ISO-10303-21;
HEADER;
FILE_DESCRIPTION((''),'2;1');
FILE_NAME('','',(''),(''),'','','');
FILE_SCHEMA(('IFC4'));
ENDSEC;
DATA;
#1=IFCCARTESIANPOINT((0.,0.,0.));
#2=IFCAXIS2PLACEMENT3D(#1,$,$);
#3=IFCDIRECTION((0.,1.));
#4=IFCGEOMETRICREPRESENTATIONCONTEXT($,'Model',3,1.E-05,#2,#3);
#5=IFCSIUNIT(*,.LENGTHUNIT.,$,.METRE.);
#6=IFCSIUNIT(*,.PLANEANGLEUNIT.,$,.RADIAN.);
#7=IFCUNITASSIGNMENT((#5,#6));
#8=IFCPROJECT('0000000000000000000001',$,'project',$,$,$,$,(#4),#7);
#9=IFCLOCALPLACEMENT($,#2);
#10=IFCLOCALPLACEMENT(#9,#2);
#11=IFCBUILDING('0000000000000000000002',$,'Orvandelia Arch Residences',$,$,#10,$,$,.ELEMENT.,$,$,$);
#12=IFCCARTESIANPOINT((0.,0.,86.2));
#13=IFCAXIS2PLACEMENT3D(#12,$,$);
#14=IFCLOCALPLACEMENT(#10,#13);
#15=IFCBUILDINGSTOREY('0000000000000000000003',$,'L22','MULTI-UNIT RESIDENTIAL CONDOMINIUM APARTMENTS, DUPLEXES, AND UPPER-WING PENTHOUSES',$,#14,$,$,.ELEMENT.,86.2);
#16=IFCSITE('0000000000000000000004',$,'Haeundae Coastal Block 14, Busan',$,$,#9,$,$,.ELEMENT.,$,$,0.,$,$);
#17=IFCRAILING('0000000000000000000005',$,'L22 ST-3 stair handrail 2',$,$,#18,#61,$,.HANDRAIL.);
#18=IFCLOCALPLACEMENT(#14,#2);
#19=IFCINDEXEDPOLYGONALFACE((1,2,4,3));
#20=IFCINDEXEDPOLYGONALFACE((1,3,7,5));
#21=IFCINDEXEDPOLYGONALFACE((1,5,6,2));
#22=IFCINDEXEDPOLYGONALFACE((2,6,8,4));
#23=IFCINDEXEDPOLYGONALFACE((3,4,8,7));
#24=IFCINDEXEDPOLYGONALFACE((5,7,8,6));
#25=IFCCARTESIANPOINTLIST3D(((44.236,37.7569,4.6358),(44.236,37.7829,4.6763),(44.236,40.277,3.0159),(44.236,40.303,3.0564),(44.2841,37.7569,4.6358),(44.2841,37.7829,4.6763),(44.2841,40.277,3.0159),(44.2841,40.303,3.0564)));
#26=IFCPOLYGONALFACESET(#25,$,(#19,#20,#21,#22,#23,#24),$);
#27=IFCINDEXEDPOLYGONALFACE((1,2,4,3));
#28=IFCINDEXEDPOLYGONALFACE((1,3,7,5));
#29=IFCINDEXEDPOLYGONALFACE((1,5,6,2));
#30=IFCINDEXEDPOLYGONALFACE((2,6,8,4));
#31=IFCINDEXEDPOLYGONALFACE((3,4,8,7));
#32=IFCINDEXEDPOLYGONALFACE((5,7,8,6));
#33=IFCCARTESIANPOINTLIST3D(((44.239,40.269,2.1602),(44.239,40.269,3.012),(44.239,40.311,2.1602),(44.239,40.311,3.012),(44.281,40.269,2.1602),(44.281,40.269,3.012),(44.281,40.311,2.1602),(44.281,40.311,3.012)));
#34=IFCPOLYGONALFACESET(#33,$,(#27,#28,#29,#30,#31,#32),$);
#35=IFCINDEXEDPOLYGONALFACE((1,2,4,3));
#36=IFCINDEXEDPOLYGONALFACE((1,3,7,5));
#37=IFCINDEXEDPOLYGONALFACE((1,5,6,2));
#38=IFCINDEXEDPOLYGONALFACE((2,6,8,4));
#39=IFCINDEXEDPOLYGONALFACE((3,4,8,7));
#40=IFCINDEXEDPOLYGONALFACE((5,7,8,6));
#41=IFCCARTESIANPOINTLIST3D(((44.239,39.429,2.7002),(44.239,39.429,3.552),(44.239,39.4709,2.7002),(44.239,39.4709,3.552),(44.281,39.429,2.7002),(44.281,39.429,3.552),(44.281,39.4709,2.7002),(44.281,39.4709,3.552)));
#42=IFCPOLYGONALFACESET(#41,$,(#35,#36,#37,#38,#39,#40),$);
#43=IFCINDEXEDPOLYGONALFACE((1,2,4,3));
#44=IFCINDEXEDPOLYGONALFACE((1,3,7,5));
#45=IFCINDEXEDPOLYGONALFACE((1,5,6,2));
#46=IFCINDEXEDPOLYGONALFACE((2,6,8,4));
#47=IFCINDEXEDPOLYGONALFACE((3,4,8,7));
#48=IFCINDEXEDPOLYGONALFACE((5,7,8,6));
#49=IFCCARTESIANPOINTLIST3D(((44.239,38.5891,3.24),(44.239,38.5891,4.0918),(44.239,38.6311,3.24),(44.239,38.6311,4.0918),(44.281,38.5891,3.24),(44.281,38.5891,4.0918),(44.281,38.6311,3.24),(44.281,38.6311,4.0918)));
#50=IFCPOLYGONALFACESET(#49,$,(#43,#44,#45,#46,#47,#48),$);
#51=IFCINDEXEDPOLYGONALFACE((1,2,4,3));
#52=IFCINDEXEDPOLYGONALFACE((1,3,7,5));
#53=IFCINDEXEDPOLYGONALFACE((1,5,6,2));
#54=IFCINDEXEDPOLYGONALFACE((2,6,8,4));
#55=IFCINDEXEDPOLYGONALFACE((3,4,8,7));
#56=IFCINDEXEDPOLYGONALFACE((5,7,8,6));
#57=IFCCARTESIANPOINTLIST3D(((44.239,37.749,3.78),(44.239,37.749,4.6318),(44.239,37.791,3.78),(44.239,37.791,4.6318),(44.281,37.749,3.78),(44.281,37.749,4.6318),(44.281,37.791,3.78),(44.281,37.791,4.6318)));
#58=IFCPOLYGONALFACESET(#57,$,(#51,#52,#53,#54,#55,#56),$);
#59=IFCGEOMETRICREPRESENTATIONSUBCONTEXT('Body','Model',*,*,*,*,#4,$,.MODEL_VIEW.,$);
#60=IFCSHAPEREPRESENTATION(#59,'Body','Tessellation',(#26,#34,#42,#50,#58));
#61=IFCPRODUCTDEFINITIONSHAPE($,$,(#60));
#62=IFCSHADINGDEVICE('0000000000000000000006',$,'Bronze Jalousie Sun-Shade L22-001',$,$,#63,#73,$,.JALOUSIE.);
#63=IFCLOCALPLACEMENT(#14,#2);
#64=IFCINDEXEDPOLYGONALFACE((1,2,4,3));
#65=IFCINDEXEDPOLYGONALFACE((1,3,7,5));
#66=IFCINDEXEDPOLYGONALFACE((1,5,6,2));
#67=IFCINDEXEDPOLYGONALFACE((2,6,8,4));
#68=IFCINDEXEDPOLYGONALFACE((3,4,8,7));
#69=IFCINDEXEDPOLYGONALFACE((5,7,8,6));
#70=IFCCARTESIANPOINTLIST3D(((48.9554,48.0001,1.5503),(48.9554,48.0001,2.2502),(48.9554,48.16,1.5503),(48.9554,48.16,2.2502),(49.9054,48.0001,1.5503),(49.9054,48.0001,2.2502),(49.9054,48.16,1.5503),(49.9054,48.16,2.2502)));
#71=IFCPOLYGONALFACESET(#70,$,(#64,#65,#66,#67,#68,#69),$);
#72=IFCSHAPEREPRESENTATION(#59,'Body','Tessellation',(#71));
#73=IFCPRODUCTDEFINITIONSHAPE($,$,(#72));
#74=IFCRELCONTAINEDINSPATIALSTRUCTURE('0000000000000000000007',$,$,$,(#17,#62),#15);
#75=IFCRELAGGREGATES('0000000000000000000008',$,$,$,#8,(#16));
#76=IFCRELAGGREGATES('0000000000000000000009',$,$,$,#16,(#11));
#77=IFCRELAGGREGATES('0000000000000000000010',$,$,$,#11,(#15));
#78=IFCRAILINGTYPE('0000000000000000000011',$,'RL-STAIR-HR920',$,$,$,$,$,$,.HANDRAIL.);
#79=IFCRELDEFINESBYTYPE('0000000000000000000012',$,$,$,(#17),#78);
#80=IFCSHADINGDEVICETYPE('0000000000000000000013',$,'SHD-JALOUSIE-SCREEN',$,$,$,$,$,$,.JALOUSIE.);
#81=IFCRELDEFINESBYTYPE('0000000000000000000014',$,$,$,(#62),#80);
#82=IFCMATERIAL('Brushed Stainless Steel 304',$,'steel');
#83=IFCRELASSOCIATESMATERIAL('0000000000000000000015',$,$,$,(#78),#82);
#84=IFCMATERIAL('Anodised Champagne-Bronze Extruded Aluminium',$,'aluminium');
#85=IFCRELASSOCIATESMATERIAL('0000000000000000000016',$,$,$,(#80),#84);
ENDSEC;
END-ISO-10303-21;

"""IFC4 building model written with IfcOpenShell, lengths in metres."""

from ifc_helpers import new_model, si_unit, direction, frame, origin, origin_2d, place, context, subcontext, project, spatial, rectangle, extrude, material, type_object, element, save


model = new_model("IFC4")

# Units and contexts
model_context = context("Model", 3, precision=1e-05, world=origin(), true_north=direction((0.0, 1.0)))
body_context = subcontext(model_context, "Body", "Model", "MODEL_VIEW")
ifc_project = project(units=[si_unit("LENGTHUNIT", "METRE"), si_unit("PLANEANGLEUNIT", "RADIAN")], contexts=[model_context])

# Site, building, storey
site_placement = place(None, origin())
site = spatial("IfcSite", under=ifc_project, at=site_placement, Name="Haeundae Coastal Block 14, Busan", CompositionType="ELEMENT", RefElevation=0.0)
building_placement = place(site_placement, origin())
building = spatial("IfcBuilding", under=site, at=building_placement, Name="Orvandelia Arch Residences", CompositionType="ELEMENT")
storey_placement = place(building_placement, frame((0.0, 0.0, 86.2)))
storey = spatial("IfcBuildingStorey", under=building, at=storey_placement, Name="L22", Description="MULTI-UNIT RESIDENTIAL CONDOMINIUM APARTMENTS, DUPLEXES, AND UPPER-WING PENTHOUSES", CompositionType="ELEMENT", Elevation=86.2)

# Railing
ifc_material_1 = material(Name="Brushed Stainless Steel 304", Category="steel")
railing_type_1 = type_object("IfcRailingType", Name="RL-STAIR-HR920", PredefinedType="HANDRAIL", material=ifc_material_1)
railing_1_placement = place(storey_placement, frame((44.26, 40.29, 2.1602)))
element("IfcRailing", 1, at=railing_1_placement, inside=storey, type_object=railing_type_1, Name="L22 ST-3 stair handrail 2", PredefinedType="HANDRAIL", context=body_context, shape_type="SweptSolid", body=[
    extrude(rectangle(XDim=0.0481, YDim=0.0481, at=origin_2d()), frame((0.0, 0.0, 0.876), z_axis=(0.0, -0.8412, 0.540725), x_axis=(1.0, 0.0, 0.0)), (0.0, 0.0, 1.0), 2.9958),
    extrude(rectangle(XDim=0.042, YDim=0.042, at=origin_2d()), origin(), (0.0, 0.0, 1.0), 0.8518),
    extrude(rectangle(XDim=0.042, YDim=0.042, at=origin_2d()), frame((0.0, -0.8401, 0.54)), (0.0, 0.0, 1.0), 0.8518),
    extrude(rectangle(XDim=0.042, YDim=0.042, at=origin_2d()), frame((0.0, -1.6799, 1.0798)), (0.0, 0.0, 1.0), 0.8518),
    extrude(rectangle(XDim=0.042, YDim=0.042, at=origin_2d()), frame((0.0, -2.52, 1.6199)), (0.0, 0.0, 1.0), 0.8518),
])

# Shading device
ifc_material_2 = material(Name="Anodised Champagne-Bronze Extruded Aluminium", Category="aluminium")
shading_device_type = type_object("IfcShadingDeviceType", Name="SHD-JALOUSIE-SCREEN", PredefinedType="JALOUSIE", material=ifc_material_2)
shading_device_placement = place(storey_placement, frame((49.4304, 48.0801, 1.5503), z_axis=(0.0, 0.0, 1.0), x_axis=(1.0, 0.0, 0.0)))
element("IfcShadingDevice", 2, at=shading_device_placement, inside=storey, type_object=shading_device_type, Name="Bronze Jalousie Sun-Shade L22-001", PredefinedType="JALOUSIE", context=body_context, shape_type="SweptSolid", body=[
    extrude(rectangle(XDim=0.95, YDim=0.1599, at=origin_2d()), origin(), (0.0, 0.0, 1.0), 0.7),
])

save(model, "model.ifc")
